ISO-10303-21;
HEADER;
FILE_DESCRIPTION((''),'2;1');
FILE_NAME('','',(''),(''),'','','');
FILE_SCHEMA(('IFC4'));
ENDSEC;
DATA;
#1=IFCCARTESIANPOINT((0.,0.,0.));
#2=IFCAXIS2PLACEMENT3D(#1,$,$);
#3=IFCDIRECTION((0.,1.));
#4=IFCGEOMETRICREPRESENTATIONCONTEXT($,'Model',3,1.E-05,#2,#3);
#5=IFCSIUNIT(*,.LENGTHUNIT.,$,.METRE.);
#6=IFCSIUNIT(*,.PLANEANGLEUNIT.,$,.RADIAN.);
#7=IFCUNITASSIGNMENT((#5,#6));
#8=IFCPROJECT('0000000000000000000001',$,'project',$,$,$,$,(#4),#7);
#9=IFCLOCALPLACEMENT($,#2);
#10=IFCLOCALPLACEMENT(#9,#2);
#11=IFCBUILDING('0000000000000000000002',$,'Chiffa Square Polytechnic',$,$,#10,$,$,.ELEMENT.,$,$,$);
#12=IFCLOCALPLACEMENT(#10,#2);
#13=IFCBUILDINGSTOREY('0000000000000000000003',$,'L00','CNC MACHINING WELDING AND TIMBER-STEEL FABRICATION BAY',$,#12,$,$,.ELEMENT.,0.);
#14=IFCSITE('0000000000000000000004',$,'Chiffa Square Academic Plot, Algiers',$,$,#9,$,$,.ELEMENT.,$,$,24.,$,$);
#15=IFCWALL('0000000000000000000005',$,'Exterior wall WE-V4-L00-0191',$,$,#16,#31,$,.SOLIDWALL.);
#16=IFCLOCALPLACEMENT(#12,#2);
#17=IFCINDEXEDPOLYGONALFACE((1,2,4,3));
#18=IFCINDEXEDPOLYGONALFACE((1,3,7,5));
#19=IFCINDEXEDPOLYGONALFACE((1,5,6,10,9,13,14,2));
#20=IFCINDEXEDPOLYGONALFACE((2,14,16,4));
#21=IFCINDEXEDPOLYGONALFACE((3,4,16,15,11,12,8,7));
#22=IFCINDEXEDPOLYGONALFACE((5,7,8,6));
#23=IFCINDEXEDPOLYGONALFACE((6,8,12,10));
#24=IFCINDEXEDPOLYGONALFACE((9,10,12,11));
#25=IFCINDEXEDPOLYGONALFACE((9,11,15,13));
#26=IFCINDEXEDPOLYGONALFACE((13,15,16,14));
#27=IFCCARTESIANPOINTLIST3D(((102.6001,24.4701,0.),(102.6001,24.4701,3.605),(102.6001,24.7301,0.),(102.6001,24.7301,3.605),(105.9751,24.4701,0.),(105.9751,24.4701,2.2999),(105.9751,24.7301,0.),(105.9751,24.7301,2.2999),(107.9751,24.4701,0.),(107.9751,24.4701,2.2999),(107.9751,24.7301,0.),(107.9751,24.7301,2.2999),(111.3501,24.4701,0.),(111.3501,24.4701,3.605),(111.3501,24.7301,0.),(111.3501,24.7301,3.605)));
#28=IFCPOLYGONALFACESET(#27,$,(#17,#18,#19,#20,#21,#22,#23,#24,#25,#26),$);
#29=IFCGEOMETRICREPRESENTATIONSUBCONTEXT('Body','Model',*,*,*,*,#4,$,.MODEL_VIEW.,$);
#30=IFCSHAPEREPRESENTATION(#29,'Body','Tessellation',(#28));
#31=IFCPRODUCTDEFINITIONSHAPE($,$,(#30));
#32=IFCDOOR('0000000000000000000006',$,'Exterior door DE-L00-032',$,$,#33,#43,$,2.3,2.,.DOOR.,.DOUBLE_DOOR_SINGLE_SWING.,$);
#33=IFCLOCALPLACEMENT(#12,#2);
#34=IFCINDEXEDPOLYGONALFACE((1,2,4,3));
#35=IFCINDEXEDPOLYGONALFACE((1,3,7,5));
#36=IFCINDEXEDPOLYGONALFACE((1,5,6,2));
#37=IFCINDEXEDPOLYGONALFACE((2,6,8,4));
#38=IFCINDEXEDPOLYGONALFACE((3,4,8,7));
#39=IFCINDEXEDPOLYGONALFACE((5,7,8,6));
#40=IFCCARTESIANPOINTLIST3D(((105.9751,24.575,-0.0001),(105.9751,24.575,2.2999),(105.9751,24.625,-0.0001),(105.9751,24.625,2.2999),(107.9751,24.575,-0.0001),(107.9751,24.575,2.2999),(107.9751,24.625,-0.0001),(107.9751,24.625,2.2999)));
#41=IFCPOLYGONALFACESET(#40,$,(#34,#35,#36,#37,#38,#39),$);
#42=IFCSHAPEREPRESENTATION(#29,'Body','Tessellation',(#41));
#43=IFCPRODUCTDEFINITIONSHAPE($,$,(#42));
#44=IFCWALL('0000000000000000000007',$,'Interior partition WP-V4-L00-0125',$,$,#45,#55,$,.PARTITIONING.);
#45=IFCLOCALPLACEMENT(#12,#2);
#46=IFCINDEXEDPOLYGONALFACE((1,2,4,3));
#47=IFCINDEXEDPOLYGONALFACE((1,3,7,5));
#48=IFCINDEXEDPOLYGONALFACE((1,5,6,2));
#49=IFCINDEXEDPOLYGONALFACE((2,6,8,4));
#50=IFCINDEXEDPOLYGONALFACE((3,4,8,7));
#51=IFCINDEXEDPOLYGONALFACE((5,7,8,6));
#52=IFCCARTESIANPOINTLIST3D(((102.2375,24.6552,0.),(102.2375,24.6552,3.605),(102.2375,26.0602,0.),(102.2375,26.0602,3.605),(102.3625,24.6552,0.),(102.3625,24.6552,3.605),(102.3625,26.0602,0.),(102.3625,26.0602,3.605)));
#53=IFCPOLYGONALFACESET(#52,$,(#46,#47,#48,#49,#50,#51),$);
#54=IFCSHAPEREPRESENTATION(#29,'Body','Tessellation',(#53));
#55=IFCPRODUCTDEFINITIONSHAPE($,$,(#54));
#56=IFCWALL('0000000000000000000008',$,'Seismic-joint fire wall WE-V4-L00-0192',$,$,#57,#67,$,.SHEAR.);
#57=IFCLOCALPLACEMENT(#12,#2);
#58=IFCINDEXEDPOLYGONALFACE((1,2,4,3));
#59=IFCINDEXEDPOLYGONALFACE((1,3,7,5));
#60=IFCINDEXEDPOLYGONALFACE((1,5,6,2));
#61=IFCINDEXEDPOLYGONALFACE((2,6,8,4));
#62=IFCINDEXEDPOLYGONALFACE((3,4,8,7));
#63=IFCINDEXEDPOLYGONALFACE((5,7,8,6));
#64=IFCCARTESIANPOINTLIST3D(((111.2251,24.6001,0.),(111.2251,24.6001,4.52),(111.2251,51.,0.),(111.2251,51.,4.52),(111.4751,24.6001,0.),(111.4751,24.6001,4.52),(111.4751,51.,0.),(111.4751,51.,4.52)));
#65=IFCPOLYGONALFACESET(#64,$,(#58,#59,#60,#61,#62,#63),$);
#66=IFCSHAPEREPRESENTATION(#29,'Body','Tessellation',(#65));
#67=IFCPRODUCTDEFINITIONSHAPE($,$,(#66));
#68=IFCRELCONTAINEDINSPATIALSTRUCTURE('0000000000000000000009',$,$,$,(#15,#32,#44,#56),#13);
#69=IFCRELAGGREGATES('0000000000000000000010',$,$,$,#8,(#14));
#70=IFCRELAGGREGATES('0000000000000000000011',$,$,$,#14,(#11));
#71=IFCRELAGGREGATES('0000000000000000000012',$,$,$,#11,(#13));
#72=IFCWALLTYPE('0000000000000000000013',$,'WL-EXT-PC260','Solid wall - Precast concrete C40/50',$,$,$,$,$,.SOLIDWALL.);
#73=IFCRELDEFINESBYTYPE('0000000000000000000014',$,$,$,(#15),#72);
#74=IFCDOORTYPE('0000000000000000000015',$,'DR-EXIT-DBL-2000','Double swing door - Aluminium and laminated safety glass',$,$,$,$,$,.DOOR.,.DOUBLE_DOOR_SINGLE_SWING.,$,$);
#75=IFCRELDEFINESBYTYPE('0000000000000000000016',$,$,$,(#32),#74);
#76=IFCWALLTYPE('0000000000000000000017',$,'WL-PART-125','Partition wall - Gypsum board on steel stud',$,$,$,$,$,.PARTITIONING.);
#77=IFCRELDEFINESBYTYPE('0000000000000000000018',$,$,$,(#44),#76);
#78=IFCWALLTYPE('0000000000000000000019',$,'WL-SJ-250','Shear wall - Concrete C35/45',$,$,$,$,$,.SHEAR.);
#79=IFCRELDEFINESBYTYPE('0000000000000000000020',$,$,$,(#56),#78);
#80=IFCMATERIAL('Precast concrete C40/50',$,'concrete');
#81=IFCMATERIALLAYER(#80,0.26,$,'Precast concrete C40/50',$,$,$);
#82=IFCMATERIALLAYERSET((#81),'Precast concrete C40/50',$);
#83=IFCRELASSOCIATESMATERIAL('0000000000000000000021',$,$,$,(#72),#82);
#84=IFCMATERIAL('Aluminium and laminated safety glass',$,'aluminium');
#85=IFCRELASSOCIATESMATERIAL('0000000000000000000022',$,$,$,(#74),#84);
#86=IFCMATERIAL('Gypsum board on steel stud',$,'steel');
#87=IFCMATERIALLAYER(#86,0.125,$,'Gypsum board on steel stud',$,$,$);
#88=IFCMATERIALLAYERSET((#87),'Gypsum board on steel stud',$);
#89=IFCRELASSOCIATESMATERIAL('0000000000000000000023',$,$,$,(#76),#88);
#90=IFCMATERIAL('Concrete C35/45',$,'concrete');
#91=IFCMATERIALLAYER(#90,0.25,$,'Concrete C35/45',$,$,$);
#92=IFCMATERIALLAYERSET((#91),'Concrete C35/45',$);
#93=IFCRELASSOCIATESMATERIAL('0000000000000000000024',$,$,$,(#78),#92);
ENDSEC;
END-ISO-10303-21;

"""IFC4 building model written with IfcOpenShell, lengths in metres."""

from ifc_helpers import new_model, si_unit, direction, frame, frame_2d, origin, place, context, subcontext, project, spatial, rectangle, extrude, material, layer, layer_set, type_object, element, fill, save


model = new_model("IFC4")

# Units and contexts
model_context = context("Model", 3, precision=1e-05, world=origin(), true_north=direction((0.0, 1.0)))
body_context = subcontext(model_context, "Body", "Model", "MODEL_VIEW")
ifc_project = project(units=[si_unit("LENGTHUNIT", "METRE"), si_unit("PLANEANGLEUNIT", "RADIAN")], contexts=[model_context])

# Site, building, storey
site_placement = place(None, origin())
site = spatial("IfcSite", under=ifc_project, at=site_placement, Name="Chiffa Square Academic Plot, Algiers", CompositionType="ELEMENT", RefElevation=24.0)
building_placement = place(site_placement, origin())
building = spatial("IfcBuilding", under=site, at=building_placement, Name="Chiffa Square Polytechnic", CompositionType="ELEMENT")
storey_placement = place(building_placement, origin())
storey = spatial("IfcBuildingStorey", under=building, at=storey_placement, Name="L00", Description="CNC MACHINING WELDING AND TIMBER-STEEL FABRICATION BAY", CompositionType="ELEMENT", Elevation=0.0)

# Shared definitions
ifc_material_1 = material(Name="Concrete C35/45", Category="concrete")

# Wall, opening, door
ifc_material_2 = material(Name="Precast concrete C40/50", Category="concrete")
ifc_layer_1 = layer(ifc_material_2, 0.26, Name="Precast concrete C40/50")
ifc_layer_set_1 = layer_set([ifc_layer_1], Name="Precast concrete C40/50")
wall_type_1 = type_object("IfcWallType", Name="WL-EXT-PC260", Description="Solid wall - Precast concrete C40/50", PredefinedType="SOLIDWALL", material=ifc_layer_set_1)
wall_1_placement = place(storey_placement, frame((102.6001, 24.6001, 0.0), z_axis=(0.0, 0.0, 1.0), x_axis=(1.0, 0.0, 0.0)))
wall_1 = element("IfcWall", 1, at=wall_1_placement, inside=storey, type_object=wall_type_1, Name="Exterior wall WE-V4-L00-0191", PredefinedType="SOLIDWALL", context=body_context, shape_type="SweptSolid", body=[
    extrude(rectangle(XDim=8.75, YDim=0.26, at=frame_2d((4.375, 0.0))), origin(), (0.0, 0.0, 1.0), 3.605),
])
opening_placement = place(wall_1_placement, frame((3.375, 0.0, 0.0)))
opening = element("IfcOpeningElement", 2, at=opening_placement, cuts=wall_1, PredefinedType="OPENING", context=body_context, shape_type="SweptSolid", body=[
    extrude(rectangle(XDim=2.0, YDim=2.3, at=frame_2d((1.0, 1.1499))), frame((0.0, 0.1401, 0.0), z_axis=(0.0, -1.0, 0.0), x_axis=(1.0, 0.0, 0.0)), (0.0, 0.0, 1.0), 0.28),
])
ifc_material_3 = material(Name="Aluminium and laminated safety glass", Category="aluminium")
door_type = type_object("IfcDoorType", Name="DR-EXIT-DBL-2000", Description="Double swing door - Aluminium and laminated safety glass", OperationType="DOUBLE_DOOR_SINGLE_SWING", PredefinedType="DOOR", material=ifc_material_3)
door_placement = place(opening_placement, origin())
door = element("IfcDoor", 3, at=door_placement, inside=storey, type_object=door_type, Name="Exterior door DE-L00-032", OperationType="DOUBLE_DOOR_SINGLE_SWING", OverallHeight=2.3, OverallWidth=2.0, PredefinedType="DOOR", context=body_context, shape_type="SweptSolid", body=[
    extrude(rectangle(XDim=2.0, YDim=2.3, at=frame_2d((1.0, 1.1499))), frame((0.0, 0.0249, 0.0), z_axis=(0.0, -1.0, 0.0), x_axis=(1.0, 0.0, 0.0)), (0.0, 0.0, 1.0), 0.05),
])
fill(opening, door)

# Walls
ifc_material_4 = material(Name="Gypsum board on steel stud", Category="steel")
ifc_layer_2 = layer(ifc_material_4, 0.125, Name="Gypsum board on steel stud")
ifc_layer_set_2 = layer_set([ifc_layer_2], Name="Gypsum board on steel stud")
wall_type_2 = type_object("IfcWallType", Name="WL-PART-125", Description="Partition wall - Gypsum board on steel stud", PredefinedType="PARTITIONING", material=ifc_layer_set_2)
wall_2_placement = place(storey_placement, frame((102.3, 24.655, 0.0), z_axis=(0.0, 0.0, 1.0), x_axis=(0.0, 1.0, 0.0)))
element("IfcWall", 4, at=wall_2_placement, inside=storey, type_object=wall_type_2, Name="Interior partition WP-V4-L00-0125", PredefinedType="PARTITIONING", context=body_context, shape_type="SweptSolid", body=[
    extrude(rectangle(XDim=1.405, YDim=0.125, at=frame_2d((0.7026, 0.0))), origin(), (0.0, 0.0, 1.0), 3.605),
])
ifc_layer_3 = layer(ifc_material_1, 0.25, Name="Concrete C35/45")
ifc_layer_set_3 = layer_set([ifc_layer_3], Name="Concrete C35/45")
wall_type_3 = type_object("IfcWallType", Name="WL-SJ-250", Description="Shear wall - Concrete C35/45", PredefinedType="SHEAR", material=ifc_layer_set_3)
wall_3_placement = place(storey_placement, frame((111.3501, 24.6001, 0.0), z_axis=(0.0, 0.0, 1.0), x_axis=(0.0, 1.0, 0.0)))
element("IfcWall", 5, at=wall_3_placement, inside=storey, type_object=wall_type_3, Name="Seismic-joint fire wall WE-V4-L00-0192", PredefinedType="SHEAR", context=body_context, shape_type="SweptSolid", body=[
    extrude(rectangle(XDim=26.3999, YDim=0.25, at=frame_2d((13.2, 0.0))), origin(), (0.0, 0.0, 1.0), 4.52),
])

save(model, "model.ifc")
